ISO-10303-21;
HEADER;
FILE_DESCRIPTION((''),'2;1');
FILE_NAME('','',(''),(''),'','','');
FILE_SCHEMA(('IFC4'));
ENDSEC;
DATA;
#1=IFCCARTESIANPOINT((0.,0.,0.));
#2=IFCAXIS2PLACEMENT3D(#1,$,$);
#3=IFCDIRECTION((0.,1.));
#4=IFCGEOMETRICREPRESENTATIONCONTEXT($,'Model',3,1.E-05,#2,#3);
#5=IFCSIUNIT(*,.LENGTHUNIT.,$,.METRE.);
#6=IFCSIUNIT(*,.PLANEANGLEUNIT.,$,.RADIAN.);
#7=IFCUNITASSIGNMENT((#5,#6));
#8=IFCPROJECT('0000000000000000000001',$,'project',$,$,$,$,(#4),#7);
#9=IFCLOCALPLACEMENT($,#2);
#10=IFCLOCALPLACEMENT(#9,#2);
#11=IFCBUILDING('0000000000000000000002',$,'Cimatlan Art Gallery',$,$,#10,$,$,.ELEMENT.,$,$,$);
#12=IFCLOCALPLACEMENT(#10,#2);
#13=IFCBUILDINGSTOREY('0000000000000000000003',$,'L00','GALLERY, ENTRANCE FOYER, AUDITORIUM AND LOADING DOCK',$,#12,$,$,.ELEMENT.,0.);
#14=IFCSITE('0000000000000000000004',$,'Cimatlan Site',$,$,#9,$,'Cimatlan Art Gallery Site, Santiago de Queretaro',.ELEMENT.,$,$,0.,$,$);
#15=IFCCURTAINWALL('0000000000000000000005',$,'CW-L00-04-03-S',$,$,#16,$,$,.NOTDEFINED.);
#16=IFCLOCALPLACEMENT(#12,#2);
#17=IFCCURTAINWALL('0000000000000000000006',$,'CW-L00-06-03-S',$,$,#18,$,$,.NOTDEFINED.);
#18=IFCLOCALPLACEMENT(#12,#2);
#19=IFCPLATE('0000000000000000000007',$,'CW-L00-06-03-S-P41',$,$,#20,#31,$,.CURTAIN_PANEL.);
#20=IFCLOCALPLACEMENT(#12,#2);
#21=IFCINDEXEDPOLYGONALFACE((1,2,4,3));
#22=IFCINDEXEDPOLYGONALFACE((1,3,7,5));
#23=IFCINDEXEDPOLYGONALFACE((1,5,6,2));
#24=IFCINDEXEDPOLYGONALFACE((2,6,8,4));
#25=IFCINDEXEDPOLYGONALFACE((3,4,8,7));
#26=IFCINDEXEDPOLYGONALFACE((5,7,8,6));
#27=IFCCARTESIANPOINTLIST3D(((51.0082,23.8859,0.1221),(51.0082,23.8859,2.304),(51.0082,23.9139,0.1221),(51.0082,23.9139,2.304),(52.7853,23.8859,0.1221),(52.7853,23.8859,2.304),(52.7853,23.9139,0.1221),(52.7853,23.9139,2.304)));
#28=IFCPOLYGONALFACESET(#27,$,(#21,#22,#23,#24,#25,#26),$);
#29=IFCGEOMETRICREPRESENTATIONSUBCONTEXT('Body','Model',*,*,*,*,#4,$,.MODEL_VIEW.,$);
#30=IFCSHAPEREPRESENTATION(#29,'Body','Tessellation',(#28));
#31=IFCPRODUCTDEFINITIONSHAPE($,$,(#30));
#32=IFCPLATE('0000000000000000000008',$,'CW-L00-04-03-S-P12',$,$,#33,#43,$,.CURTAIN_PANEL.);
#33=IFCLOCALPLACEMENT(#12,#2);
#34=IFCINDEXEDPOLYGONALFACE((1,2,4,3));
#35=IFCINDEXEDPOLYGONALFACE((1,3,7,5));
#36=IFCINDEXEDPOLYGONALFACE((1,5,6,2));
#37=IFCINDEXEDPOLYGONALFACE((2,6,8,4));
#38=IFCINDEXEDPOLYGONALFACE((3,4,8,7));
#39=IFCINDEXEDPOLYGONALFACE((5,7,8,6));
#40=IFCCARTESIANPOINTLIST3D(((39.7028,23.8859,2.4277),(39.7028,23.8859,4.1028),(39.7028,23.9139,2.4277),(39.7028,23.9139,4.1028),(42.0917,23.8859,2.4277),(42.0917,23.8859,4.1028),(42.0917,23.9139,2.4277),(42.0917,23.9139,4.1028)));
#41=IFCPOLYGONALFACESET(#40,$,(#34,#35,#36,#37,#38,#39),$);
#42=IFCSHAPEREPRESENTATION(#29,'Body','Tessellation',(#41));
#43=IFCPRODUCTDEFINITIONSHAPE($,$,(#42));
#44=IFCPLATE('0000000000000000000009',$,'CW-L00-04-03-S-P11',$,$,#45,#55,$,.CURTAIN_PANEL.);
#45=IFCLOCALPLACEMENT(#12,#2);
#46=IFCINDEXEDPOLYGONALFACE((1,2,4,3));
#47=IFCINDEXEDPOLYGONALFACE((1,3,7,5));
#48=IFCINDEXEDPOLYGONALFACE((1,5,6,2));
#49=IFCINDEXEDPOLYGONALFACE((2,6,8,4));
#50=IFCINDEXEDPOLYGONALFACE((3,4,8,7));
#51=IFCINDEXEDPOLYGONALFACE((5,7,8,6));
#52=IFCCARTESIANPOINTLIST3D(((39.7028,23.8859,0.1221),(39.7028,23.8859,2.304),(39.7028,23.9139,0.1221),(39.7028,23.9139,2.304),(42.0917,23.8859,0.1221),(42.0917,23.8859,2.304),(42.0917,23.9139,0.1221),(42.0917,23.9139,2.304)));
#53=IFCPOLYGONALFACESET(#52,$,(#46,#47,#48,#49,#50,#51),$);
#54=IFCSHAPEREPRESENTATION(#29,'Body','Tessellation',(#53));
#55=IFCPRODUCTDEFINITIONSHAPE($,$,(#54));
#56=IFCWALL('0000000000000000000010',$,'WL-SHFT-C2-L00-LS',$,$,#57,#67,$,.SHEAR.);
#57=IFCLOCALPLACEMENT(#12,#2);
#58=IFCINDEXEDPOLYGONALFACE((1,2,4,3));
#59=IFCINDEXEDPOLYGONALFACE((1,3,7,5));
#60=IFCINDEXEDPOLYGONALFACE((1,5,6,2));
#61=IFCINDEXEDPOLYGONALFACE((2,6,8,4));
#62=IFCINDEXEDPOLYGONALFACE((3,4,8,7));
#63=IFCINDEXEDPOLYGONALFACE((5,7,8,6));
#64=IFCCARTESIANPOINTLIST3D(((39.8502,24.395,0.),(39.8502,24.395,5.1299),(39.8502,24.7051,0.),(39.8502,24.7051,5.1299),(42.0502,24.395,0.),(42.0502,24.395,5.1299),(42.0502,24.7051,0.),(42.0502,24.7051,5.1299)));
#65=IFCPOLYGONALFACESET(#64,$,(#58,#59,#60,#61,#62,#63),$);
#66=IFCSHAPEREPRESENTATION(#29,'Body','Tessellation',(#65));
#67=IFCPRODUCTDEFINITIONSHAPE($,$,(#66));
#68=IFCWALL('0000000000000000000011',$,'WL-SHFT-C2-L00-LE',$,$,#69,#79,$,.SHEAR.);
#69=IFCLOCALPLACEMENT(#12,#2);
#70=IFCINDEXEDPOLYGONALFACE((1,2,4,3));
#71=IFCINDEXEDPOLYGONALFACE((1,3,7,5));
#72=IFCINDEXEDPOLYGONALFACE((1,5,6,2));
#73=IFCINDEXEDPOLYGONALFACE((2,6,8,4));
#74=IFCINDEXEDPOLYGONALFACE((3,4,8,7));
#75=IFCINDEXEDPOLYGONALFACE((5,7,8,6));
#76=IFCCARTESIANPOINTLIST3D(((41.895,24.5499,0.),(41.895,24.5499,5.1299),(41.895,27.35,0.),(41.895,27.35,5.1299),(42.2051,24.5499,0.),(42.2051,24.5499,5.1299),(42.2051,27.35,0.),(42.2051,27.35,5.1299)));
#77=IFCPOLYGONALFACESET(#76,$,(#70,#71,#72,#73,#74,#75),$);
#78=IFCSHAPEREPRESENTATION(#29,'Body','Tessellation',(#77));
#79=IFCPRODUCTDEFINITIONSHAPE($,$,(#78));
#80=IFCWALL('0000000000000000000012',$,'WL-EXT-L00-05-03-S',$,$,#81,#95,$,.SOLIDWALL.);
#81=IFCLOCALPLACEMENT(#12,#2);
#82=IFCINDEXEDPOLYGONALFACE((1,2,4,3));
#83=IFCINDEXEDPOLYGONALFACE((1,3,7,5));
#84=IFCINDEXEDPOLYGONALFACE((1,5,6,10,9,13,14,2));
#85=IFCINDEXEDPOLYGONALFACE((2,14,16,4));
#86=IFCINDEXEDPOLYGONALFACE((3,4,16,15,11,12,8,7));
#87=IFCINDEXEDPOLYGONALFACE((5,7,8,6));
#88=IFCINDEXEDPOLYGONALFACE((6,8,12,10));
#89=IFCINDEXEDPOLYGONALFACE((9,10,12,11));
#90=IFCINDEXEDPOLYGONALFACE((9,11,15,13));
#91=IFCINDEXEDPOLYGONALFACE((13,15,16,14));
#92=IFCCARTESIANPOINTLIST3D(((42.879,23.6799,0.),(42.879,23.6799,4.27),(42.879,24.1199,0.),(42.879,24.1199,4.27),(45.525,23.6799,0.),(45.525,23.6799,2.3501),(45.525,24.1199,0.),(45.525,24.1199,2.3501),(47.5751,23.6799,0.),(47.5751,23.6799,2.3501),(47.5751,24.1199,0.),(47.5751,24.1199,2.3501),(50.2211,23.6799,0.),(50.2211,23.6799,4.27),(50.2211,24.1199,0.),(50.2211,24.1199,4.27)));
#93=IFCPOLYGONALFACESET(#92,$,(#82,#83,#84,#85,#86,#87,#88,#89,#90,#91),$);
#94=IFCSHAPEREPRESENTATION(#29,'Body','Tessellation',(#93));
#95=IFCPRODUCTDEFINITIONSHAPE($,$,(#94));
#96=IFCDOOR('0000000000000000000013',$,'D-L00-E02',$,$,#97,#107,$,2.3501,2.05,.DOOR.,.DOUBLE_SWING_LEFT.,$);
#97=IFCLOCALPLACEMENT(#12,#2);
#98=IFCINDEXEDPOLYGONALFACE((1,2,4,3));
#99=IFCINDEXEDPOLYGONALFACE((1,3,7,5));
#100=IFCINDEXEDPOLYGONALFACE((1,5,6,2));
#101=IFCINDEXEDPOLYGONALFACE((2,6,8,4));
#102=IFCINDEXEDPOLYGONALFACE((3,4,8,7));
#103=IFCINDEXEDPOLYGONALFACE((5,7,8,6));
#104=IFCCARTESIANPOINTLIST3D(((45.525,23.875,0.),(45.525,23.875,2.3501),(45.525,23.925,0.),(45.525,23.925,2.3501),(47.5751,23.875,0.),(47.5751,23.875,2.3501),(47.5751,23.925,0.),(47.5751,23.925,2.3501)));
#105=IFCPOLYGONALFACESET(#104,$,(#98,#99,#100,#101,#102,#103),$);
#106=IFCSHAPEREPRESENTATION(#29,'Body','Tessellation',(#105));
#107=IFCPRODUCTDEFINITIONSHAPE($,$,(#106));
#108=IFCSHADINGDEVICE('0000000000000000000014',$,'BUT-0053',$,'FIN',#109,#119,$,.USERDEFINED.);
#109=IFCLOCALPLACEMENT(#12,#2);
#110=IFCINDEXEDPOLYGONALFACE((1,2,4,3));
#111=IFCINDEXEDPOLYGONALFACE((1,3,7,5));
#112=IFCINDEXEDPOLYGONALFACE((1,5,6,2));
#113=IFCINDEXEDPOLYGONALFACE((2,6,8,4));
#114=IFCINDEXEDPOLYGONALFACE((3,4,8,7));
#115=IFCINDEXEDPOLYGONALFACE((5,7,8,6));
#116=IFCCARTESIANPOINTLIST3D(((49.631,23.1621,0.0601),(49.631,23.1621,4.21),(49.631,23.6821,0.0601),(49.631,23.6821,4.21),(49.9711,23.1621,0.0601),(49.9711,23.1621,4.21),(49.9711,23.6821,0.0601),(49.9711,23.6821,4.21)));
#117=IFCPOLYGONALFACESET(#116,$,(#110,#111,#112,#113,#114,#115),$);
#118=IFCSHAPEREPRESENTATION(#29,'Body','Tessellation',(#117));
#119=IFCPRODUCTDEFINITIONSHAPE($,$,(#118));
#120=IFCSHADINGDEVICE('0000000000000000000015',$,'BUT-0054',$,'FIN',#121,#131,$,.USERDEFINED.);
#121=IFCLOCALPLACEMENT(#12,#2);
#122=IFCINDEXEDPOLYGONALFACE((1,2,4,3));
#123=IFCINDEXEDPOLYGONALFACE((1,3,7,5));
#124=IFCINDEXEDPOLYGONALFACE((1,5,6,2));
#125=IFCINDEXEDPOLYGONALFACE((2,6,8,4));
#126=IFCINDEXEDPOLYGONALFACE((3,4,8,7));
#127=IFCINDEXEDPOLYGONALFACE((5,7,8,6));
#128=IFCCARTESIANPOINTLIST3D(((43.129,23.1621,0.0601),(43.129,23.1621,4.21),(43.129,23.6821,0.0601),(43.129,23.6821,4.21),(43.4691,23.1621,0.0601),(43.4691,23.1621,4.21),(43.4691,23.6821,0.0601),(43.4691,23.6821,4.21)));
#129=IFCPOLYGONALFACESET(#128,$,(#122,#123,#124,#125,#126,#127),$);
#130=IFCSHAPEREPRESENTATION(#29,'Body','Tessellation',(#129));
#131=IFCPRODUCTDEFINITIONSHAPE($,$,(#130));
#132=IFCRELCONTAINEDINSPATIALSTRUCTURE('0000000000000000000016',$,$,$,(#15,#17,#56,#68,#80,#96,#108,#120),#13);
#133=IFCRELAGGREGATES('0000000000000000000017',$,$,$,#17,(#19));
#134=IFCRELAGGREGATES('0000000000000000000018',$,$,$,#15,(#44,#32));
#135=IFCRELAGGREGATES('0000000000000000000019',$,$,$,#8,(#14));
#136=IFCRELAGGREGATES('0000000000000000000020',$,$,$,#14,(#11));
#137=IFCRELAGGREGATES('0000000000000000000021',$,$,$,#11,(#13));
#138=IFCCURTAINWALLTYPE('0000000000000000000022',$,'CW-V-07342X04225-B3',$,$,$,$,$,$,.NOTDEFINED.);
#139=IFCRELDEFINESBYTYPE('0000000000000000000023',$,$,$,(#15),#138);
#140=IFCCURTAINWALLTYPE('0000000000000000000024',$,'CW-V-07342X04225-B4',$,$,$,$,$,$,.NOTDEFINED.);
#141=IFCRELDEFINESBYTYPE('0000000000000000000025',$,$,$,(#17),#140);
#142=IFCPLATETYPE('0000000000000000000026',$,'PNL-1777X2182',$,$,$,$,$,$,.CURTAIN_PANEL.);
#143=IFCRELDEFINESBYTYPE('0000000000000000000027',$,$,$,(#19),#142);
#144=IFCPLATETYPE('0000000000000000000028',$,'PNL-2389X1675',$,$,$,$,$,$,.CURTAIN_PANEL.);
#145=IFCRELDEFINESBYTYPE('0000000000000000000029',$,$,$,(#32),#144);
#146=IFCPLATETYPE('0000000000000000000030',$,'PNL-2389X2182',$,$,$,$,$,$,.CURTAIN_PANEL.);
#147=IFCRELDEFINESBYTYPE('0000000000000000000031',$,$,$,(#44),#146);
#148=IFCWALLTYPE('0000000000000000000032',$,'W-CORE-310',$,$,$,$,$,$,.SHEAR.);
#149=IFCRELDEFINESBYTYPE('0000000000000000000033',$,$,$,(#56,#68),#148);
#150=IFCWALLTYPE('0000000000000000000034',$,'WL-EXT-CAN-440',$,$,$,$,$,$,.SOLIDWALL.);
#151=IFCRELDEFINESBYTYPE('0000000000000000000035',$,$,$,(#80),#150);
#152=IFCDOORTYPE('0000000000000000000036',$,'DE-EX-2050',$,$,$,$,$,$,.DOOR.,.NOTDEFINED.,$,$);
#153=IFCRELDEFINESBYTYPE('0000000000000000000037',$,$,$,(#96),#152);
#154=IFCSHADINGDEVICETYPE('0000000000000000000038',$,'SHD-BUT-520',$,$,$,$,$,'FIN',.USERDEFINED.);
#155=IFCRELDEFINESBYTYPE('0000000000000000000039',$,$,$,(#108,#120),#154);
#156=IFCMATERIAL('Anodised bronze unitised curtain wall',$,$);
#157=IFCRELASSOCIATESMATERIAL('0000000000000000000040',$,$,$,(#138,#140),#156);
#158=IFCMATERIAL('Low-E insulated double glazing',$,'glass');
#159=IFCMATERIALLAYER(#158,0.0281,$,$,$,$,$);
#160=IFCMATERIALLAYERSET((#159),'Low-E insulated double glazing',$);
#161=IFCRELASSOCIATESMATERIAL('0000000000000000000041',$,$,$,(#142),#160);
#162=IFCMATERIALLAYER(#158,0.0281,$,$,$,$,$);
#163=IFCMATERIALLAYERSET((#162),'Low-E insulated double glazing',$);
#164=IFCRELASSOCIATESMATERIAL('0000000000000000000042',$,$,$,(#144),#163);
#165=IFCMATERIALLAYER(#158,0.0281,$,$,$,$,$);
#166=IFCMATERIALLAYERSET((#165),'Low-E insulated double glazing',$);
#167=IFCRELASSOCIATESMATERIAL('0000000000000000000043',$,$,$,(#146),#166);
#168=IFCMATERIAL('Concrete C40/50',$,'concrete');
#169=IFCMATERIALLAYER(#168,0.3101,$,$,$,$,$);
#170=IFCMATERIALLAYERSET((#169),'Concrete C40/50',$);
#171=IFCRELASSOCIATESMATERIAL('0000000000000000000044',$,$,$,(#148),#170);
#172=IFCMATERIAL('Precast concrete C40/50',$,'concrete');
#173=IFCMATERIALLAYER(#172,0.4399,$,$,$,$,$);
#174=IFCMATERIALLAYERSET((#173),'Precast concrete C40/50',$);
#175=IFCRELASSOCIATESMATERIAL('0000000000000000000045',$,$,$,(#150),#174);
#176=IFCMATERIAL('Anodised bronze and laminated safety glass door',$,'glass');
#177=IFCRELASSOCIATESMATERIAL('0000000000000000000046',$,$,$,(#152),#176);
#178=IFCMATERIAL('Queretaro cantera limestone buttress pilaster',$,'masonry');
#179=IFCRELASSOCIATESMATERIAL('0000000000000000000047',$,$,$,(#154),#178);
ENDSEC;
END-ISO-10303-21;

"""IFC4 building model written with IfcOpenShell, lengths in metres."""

from ifc_helpers import new_model, si_unit, direction, frame, frame_2d, origin, origin_2d, place, context, subcontext, project, spatial, rectangle, extrude, material, layer, layer_set, type_object, element, fill, aggregate, save


model = new_model("IFC4")

# Units and contexts
model_context = context("Model", 3, precision=1e-05, world=origin(), true_north=direction((0.0, 1.0)))
body_context = subcontext(model_context, "Body", "Model", "MODEL_VIEW")
ifc_project = project(units=[si_unit("LENGTHUNIT", "METRE"), si_unit("PLANEANGLEUNIT", "RADIAN")], contexts=[model_context])

# Site, building, storey
site_placement = place(None, origin())
site = spatial("IfcSite", under=ifc_project, at=site_placement, Name="Cimatlan Site", LongName="Cimatlan Art Gallery Site, Santiago de Queretaro", CompositionType="ELEMENT", RefElevation=0.0)
building_placement = place(site_placement, origin())
building = spatial("IfcBuilding", under=site, at=building_placement, Name="Cimatlan Art Gallery", CompositionType="ELEMENT")
storey_placement = place(building_placement, origin())
storey = spatial("IfcBuildingStorey", under=building, at=storey_placement, Name="L00", Description="GALLERY, ENTRANCE FOYER, AUDITORIUM AND LOADING DOCK", CompositionType="ELEMENT", Elevation=0.0)

# Shared definitions
ifc_material_1 = material(Name="Concrete C40/50", Category="concrete")

# Curtain walls
ifc_material_2 = material(Name="Anodised bronze unitised curtain wall")
curtain_wall_type_1 = type_object("IfcCurtainWallType", Name="CW-V-07342X04225-B3", PredefinedType="NOTDEFINED", material=ifc_material_2)
curtain_wall_1_placement = place(storey_placement, origin())
curtain_wall_1 = element("IfcCurtainWall", 1, at=curtain_wall_1_placement, inside=storey, type_object=curtain_wall_type_1, Name="CW-L00-04-03-S", PredefinedType="NOTDEFINED")
curtain_wall_type_2 = type_object("IfcCurtainWallType", Name="CW-V-07342X04225-B4", PredefinedType="NOTDEFINED", material=ifc_material_2)
curtain_wall_2_placement = place(storey_placement, origin())
curtain_wall_2 = element("IfcCurtainWall", 2, at=curtain_wall_2_placement, inside=storey, type_object=curtain_wall_type_2, Name="CW-L00-06-03-S", PredefinedType="NOTDEFINED")

# Plates
ifc_material_3 = material(Name="Low-E insulated double glazing", Category="glass")
ifc_layer_1 = layer(ifc_material_3, 0.0281)
ifc_layer_set_1 = layer_set([ifc_layer_1], Name="Low-E insulated double glazing")
plate_type_1 = type_object("IfcPlateType", Name="PNL-1777X2182", PredefinedType="CURTAIN_PANEL", material=ifc_layer_set_1)
plate_1_placement = place(storey_placement, frame((51.8967, 23.8999, 0.1221), z_axis=(0.0, 0.0, 1.0), x_axis=(-1.0, 0.0, 0.0)))
plate_1 = element("IfcPlate", 3, at=plate_1_placement, type_object=plate_type_1, Name="CW-L00-06-03-S-P41", PredefinedType="CURTAIN_PANEL", context=body_context, shape_type="SweptSolid", body=[
    extrude(rectangle(XDim=1.7771, YDim=0.0281, at=origin_2d()), origin(), (0.0, 0.0, 1.0), 2.1819),
])
aggregate(curtain_wall_2, [plate_1])
ifc_layer_2 = layer(ifc_material_3, 0.0281)
ifc_layer_set_2 = layer_set([ifc_layer_2], Name="Low-E insulated double glazing")
plate_type_2 = type_object("IfcPlateType", Name="PNL-2389X1675", PredefinedType="CURTAIN_PANEL", material=ifc_layer_set_2)
plate_2_placement = place(storey_placement, frame((40.8972, 23.8999, 2.4277), z_axis=(0.0, 0.0, 1.0), x_axis=(-1.0, 0.0, 0.0)))
plate_2 = element("IfcPlate", 4, at=plate_2_placement, type_object=plate_type_2, Name="CW-L00-04-03-S-P12", PredefinedType="CURTAIN_PANEL", context=body_context, shape_type="SweptSolid", body=[
    extrude(rectangle(XDim=2.3889, YDim=0.0281, at=origin_2d()), origin(), (0.0, 0.0, 1.0), 1.675),
])
ifc_layer_3 = layer(ifc_material_3, 0.0281)
ifc_layer_set_3 = layer_set([ifc_layer_3], Name="Low-E insulated double glazing")
plate_type_3 = type_object("IfcPlateType", Name="PNL-2389X2182", PredefinedType="CURTAIN_PANEL", material=ifc_layer_set_3)
plate_3_placement = place(storey_placement, frame((40.8972, 23.8999, 0.1221), z_axis=(0.0, 0.0, 1.0), x_axis=(-1.0, 0.0, 0.0)))
plate_3 = element("IfcPlate", 5, at=plate_3_placement, type_object=plate_type_3, Name="CW-L00-04-03-S-P11", PredefinedType="CURTAIN_PANEL", context=body_context, shape_type="SweptSolid", body=[
    extrude(rectangle(XDim=2.3889, YDim=0.0281, at=origin_2d()), origin(), (0.0, 0.0, 1.0), 2.1819),
])
aggregate(curtain_wall_1, [plate_3, plate_2])

# Walls
ifc_layer_4 = layer(ifc_material_1, 0.3101)
ifc_layer_set_4 = layer_set([ifc_layer_4], Name="Concrete C40/50")
wall_type_1 = type_object("IfcWallType", Name="W-CORE-310", PredefinedType="SHEAR", material=ifc_layer_set_4)
wall_1_placement = place(storey_placement, frame((39.8501, 24.55, 0.0), z_axis=(0.0, 0.0, 1.0), x_axis=(1.0, 0.0, 0.0)))
element("IfcWall", 6, at=wall_1_placement, inside=storey, type_object=wall_type_1, Name="WL-SHFT-C2-L00-LS", PredefinedType="SHEAR", context=body_context, shape_type="SweptSolid", body=[
    extrude(rectangle(XDim=2.2, YDim=0.3101, at=frame_2d((1.1001, 0.0))), origin(), (0.0, 0.0, 1.0), 5.1299),
])
wall_2_placement = place(storey_placement, frame((42.05, 24.55, 0.0), z_axis=(0.0, 0.0, 1.0), x_axis=(0.0, 1.0, 0.0)))
element("IfcWall", 7, at=wall_2_placement, inside=storey, type_object=wall_type_1, Name="WL-SHFT-C2-L00-LE", PredefinedType="SHEAR", context=body_context, shape_type="SweptSolid", body=[
    extrude(rectangle(XDim=2.8, YDim=0.3101, at=frame_2d((1.3999, 0.0))), origin(), (0.0, 0.0, 1.0), 5.1299),
])

# Wall, opening, door
ifc_material_4 = material(Name="Precast concrete C40/50", Category="concrete")
ifc_layer_5 = layer(ifc_material_4, 0.4399)
ifc_layer_set_5 = layer_set([ifc_layer_5], Name="Precast concrete C40/50")
wall_type_2 = type_object("IfcWallType", Name="WL-EXT-CAN-440", PredefinedType="SOLIDWALL", material=ifc_layer_set_5)
wall_3_placement = place(storey_placement, frame((50.2209, 23.8999, 0.0), z_axis=(0.0, 0.0, 1.0), x_axis=(-1.0, 0.0, 0.0)))
wall_3 = element("IfcWall", 8, at=wall_3_placement, inside=storey, type_object=wall_type_2, Name="WL-EXT-L00-05-03-S", PredefinedType="SOLIDWALL", context=body_context, shape_type="SweptSolid", body=[
    extrude(rectangle(XDim=7.342, YDim=0.4399, at=frame_2d((3.6709, 0.0))), origin(), (0.0, 0.0, 1.0), 4.27),
])
opening_placement = place(wall_3_placement, frame((2.646, 0.0, 0.0)))
opening = element("IfcOpeningElement", 9, at=opening_placement, cuts=wall_3, PredefinedType="OPENING", context=body_context, shape_type="SweptSolid", body=[
    extrude(rectangle(XDim=2.05, YDim=2.3501, at=frame_2d((1.0249, 1.175))), frame((0.0, 0.23, 0.0), z_axis=(0.0, -1.0, 0.0), x_axis=(1.0, 0.0, 0.0)), (0.0, 0.0, 1.0), 0.46),
])
ifc_material_5 = material(Name="Anodised bronze and laminated safety glass door", Category="glass")
door_type = type_object("IfcDoorType", Name="DE-EX-2050", OperationType="NOTDEFINED", PredefinedType="DOOR", material=ifc_material_5)
door_placement = place(opening_placement, origin())
door = element("IfcDoor", 10, at=door_placement, inside=storey, type_object=door_type, Name="D-L00-E02", OperationType="DOUBLE_SWING_LEFT", OverallHeight=2.3501, OverallWidth=2.05, PredefinedType="DOOR", context=body_context, shape_type="SweptSolid", body=[
    extrude(rectangle(XDim=2.05, YDim=2.3501, at=frame_2d((1.0249, 1.175))), frame((0.0, 0.0249, 0.0), z_axis=(0.0, -1.0, 0.0), x_axis=(1.0, 0.0, 0.0)), (0.0, 0.0, 1.0), 0.05),
])
fill(opening, door)

# Shading devices
ifc_material_6 = material(Name="Queretaro cantera limestone buttress pilaster", Category="masonry")
shading_device_type = type_object("IfcShadingDeviceType", Name="SHD-BUT-520", ElementType="FIN", PredefinedType="USERDEFINED", material=ifc_material_6)
for number, where, z_axis, x_axis, name in (
    (11, (49.801, 23.4221, 0.0601), (0.0, 0.0, 1.0), (-1.0, 0.0, 0.0), "BUT-0053"),
    (12, (43.2991, 23.4221, 0.0601), (0.0, 0.0, 1.0), (-1.0, 0.0, 0.0), "BUT-0054"),
):
    element("IfcShadingDevice", number, at=place(storey_placement, frame(where, z_axis=z_axis, x_axis=x_axis)), inside=storey, type_object=shading_device_type, Name=name, ObjectType="FIN", PredefinedType="USERDEFINED", context=body_context, shape_type="SweptSolid", body=[
        extrude(rectangle(XDim=0.3401, YDim=0.52, at=origin_2d()), origin(), (0.0, 0.0, 1.0), 4.1499),
    ])

save(model, "model.ifc")
